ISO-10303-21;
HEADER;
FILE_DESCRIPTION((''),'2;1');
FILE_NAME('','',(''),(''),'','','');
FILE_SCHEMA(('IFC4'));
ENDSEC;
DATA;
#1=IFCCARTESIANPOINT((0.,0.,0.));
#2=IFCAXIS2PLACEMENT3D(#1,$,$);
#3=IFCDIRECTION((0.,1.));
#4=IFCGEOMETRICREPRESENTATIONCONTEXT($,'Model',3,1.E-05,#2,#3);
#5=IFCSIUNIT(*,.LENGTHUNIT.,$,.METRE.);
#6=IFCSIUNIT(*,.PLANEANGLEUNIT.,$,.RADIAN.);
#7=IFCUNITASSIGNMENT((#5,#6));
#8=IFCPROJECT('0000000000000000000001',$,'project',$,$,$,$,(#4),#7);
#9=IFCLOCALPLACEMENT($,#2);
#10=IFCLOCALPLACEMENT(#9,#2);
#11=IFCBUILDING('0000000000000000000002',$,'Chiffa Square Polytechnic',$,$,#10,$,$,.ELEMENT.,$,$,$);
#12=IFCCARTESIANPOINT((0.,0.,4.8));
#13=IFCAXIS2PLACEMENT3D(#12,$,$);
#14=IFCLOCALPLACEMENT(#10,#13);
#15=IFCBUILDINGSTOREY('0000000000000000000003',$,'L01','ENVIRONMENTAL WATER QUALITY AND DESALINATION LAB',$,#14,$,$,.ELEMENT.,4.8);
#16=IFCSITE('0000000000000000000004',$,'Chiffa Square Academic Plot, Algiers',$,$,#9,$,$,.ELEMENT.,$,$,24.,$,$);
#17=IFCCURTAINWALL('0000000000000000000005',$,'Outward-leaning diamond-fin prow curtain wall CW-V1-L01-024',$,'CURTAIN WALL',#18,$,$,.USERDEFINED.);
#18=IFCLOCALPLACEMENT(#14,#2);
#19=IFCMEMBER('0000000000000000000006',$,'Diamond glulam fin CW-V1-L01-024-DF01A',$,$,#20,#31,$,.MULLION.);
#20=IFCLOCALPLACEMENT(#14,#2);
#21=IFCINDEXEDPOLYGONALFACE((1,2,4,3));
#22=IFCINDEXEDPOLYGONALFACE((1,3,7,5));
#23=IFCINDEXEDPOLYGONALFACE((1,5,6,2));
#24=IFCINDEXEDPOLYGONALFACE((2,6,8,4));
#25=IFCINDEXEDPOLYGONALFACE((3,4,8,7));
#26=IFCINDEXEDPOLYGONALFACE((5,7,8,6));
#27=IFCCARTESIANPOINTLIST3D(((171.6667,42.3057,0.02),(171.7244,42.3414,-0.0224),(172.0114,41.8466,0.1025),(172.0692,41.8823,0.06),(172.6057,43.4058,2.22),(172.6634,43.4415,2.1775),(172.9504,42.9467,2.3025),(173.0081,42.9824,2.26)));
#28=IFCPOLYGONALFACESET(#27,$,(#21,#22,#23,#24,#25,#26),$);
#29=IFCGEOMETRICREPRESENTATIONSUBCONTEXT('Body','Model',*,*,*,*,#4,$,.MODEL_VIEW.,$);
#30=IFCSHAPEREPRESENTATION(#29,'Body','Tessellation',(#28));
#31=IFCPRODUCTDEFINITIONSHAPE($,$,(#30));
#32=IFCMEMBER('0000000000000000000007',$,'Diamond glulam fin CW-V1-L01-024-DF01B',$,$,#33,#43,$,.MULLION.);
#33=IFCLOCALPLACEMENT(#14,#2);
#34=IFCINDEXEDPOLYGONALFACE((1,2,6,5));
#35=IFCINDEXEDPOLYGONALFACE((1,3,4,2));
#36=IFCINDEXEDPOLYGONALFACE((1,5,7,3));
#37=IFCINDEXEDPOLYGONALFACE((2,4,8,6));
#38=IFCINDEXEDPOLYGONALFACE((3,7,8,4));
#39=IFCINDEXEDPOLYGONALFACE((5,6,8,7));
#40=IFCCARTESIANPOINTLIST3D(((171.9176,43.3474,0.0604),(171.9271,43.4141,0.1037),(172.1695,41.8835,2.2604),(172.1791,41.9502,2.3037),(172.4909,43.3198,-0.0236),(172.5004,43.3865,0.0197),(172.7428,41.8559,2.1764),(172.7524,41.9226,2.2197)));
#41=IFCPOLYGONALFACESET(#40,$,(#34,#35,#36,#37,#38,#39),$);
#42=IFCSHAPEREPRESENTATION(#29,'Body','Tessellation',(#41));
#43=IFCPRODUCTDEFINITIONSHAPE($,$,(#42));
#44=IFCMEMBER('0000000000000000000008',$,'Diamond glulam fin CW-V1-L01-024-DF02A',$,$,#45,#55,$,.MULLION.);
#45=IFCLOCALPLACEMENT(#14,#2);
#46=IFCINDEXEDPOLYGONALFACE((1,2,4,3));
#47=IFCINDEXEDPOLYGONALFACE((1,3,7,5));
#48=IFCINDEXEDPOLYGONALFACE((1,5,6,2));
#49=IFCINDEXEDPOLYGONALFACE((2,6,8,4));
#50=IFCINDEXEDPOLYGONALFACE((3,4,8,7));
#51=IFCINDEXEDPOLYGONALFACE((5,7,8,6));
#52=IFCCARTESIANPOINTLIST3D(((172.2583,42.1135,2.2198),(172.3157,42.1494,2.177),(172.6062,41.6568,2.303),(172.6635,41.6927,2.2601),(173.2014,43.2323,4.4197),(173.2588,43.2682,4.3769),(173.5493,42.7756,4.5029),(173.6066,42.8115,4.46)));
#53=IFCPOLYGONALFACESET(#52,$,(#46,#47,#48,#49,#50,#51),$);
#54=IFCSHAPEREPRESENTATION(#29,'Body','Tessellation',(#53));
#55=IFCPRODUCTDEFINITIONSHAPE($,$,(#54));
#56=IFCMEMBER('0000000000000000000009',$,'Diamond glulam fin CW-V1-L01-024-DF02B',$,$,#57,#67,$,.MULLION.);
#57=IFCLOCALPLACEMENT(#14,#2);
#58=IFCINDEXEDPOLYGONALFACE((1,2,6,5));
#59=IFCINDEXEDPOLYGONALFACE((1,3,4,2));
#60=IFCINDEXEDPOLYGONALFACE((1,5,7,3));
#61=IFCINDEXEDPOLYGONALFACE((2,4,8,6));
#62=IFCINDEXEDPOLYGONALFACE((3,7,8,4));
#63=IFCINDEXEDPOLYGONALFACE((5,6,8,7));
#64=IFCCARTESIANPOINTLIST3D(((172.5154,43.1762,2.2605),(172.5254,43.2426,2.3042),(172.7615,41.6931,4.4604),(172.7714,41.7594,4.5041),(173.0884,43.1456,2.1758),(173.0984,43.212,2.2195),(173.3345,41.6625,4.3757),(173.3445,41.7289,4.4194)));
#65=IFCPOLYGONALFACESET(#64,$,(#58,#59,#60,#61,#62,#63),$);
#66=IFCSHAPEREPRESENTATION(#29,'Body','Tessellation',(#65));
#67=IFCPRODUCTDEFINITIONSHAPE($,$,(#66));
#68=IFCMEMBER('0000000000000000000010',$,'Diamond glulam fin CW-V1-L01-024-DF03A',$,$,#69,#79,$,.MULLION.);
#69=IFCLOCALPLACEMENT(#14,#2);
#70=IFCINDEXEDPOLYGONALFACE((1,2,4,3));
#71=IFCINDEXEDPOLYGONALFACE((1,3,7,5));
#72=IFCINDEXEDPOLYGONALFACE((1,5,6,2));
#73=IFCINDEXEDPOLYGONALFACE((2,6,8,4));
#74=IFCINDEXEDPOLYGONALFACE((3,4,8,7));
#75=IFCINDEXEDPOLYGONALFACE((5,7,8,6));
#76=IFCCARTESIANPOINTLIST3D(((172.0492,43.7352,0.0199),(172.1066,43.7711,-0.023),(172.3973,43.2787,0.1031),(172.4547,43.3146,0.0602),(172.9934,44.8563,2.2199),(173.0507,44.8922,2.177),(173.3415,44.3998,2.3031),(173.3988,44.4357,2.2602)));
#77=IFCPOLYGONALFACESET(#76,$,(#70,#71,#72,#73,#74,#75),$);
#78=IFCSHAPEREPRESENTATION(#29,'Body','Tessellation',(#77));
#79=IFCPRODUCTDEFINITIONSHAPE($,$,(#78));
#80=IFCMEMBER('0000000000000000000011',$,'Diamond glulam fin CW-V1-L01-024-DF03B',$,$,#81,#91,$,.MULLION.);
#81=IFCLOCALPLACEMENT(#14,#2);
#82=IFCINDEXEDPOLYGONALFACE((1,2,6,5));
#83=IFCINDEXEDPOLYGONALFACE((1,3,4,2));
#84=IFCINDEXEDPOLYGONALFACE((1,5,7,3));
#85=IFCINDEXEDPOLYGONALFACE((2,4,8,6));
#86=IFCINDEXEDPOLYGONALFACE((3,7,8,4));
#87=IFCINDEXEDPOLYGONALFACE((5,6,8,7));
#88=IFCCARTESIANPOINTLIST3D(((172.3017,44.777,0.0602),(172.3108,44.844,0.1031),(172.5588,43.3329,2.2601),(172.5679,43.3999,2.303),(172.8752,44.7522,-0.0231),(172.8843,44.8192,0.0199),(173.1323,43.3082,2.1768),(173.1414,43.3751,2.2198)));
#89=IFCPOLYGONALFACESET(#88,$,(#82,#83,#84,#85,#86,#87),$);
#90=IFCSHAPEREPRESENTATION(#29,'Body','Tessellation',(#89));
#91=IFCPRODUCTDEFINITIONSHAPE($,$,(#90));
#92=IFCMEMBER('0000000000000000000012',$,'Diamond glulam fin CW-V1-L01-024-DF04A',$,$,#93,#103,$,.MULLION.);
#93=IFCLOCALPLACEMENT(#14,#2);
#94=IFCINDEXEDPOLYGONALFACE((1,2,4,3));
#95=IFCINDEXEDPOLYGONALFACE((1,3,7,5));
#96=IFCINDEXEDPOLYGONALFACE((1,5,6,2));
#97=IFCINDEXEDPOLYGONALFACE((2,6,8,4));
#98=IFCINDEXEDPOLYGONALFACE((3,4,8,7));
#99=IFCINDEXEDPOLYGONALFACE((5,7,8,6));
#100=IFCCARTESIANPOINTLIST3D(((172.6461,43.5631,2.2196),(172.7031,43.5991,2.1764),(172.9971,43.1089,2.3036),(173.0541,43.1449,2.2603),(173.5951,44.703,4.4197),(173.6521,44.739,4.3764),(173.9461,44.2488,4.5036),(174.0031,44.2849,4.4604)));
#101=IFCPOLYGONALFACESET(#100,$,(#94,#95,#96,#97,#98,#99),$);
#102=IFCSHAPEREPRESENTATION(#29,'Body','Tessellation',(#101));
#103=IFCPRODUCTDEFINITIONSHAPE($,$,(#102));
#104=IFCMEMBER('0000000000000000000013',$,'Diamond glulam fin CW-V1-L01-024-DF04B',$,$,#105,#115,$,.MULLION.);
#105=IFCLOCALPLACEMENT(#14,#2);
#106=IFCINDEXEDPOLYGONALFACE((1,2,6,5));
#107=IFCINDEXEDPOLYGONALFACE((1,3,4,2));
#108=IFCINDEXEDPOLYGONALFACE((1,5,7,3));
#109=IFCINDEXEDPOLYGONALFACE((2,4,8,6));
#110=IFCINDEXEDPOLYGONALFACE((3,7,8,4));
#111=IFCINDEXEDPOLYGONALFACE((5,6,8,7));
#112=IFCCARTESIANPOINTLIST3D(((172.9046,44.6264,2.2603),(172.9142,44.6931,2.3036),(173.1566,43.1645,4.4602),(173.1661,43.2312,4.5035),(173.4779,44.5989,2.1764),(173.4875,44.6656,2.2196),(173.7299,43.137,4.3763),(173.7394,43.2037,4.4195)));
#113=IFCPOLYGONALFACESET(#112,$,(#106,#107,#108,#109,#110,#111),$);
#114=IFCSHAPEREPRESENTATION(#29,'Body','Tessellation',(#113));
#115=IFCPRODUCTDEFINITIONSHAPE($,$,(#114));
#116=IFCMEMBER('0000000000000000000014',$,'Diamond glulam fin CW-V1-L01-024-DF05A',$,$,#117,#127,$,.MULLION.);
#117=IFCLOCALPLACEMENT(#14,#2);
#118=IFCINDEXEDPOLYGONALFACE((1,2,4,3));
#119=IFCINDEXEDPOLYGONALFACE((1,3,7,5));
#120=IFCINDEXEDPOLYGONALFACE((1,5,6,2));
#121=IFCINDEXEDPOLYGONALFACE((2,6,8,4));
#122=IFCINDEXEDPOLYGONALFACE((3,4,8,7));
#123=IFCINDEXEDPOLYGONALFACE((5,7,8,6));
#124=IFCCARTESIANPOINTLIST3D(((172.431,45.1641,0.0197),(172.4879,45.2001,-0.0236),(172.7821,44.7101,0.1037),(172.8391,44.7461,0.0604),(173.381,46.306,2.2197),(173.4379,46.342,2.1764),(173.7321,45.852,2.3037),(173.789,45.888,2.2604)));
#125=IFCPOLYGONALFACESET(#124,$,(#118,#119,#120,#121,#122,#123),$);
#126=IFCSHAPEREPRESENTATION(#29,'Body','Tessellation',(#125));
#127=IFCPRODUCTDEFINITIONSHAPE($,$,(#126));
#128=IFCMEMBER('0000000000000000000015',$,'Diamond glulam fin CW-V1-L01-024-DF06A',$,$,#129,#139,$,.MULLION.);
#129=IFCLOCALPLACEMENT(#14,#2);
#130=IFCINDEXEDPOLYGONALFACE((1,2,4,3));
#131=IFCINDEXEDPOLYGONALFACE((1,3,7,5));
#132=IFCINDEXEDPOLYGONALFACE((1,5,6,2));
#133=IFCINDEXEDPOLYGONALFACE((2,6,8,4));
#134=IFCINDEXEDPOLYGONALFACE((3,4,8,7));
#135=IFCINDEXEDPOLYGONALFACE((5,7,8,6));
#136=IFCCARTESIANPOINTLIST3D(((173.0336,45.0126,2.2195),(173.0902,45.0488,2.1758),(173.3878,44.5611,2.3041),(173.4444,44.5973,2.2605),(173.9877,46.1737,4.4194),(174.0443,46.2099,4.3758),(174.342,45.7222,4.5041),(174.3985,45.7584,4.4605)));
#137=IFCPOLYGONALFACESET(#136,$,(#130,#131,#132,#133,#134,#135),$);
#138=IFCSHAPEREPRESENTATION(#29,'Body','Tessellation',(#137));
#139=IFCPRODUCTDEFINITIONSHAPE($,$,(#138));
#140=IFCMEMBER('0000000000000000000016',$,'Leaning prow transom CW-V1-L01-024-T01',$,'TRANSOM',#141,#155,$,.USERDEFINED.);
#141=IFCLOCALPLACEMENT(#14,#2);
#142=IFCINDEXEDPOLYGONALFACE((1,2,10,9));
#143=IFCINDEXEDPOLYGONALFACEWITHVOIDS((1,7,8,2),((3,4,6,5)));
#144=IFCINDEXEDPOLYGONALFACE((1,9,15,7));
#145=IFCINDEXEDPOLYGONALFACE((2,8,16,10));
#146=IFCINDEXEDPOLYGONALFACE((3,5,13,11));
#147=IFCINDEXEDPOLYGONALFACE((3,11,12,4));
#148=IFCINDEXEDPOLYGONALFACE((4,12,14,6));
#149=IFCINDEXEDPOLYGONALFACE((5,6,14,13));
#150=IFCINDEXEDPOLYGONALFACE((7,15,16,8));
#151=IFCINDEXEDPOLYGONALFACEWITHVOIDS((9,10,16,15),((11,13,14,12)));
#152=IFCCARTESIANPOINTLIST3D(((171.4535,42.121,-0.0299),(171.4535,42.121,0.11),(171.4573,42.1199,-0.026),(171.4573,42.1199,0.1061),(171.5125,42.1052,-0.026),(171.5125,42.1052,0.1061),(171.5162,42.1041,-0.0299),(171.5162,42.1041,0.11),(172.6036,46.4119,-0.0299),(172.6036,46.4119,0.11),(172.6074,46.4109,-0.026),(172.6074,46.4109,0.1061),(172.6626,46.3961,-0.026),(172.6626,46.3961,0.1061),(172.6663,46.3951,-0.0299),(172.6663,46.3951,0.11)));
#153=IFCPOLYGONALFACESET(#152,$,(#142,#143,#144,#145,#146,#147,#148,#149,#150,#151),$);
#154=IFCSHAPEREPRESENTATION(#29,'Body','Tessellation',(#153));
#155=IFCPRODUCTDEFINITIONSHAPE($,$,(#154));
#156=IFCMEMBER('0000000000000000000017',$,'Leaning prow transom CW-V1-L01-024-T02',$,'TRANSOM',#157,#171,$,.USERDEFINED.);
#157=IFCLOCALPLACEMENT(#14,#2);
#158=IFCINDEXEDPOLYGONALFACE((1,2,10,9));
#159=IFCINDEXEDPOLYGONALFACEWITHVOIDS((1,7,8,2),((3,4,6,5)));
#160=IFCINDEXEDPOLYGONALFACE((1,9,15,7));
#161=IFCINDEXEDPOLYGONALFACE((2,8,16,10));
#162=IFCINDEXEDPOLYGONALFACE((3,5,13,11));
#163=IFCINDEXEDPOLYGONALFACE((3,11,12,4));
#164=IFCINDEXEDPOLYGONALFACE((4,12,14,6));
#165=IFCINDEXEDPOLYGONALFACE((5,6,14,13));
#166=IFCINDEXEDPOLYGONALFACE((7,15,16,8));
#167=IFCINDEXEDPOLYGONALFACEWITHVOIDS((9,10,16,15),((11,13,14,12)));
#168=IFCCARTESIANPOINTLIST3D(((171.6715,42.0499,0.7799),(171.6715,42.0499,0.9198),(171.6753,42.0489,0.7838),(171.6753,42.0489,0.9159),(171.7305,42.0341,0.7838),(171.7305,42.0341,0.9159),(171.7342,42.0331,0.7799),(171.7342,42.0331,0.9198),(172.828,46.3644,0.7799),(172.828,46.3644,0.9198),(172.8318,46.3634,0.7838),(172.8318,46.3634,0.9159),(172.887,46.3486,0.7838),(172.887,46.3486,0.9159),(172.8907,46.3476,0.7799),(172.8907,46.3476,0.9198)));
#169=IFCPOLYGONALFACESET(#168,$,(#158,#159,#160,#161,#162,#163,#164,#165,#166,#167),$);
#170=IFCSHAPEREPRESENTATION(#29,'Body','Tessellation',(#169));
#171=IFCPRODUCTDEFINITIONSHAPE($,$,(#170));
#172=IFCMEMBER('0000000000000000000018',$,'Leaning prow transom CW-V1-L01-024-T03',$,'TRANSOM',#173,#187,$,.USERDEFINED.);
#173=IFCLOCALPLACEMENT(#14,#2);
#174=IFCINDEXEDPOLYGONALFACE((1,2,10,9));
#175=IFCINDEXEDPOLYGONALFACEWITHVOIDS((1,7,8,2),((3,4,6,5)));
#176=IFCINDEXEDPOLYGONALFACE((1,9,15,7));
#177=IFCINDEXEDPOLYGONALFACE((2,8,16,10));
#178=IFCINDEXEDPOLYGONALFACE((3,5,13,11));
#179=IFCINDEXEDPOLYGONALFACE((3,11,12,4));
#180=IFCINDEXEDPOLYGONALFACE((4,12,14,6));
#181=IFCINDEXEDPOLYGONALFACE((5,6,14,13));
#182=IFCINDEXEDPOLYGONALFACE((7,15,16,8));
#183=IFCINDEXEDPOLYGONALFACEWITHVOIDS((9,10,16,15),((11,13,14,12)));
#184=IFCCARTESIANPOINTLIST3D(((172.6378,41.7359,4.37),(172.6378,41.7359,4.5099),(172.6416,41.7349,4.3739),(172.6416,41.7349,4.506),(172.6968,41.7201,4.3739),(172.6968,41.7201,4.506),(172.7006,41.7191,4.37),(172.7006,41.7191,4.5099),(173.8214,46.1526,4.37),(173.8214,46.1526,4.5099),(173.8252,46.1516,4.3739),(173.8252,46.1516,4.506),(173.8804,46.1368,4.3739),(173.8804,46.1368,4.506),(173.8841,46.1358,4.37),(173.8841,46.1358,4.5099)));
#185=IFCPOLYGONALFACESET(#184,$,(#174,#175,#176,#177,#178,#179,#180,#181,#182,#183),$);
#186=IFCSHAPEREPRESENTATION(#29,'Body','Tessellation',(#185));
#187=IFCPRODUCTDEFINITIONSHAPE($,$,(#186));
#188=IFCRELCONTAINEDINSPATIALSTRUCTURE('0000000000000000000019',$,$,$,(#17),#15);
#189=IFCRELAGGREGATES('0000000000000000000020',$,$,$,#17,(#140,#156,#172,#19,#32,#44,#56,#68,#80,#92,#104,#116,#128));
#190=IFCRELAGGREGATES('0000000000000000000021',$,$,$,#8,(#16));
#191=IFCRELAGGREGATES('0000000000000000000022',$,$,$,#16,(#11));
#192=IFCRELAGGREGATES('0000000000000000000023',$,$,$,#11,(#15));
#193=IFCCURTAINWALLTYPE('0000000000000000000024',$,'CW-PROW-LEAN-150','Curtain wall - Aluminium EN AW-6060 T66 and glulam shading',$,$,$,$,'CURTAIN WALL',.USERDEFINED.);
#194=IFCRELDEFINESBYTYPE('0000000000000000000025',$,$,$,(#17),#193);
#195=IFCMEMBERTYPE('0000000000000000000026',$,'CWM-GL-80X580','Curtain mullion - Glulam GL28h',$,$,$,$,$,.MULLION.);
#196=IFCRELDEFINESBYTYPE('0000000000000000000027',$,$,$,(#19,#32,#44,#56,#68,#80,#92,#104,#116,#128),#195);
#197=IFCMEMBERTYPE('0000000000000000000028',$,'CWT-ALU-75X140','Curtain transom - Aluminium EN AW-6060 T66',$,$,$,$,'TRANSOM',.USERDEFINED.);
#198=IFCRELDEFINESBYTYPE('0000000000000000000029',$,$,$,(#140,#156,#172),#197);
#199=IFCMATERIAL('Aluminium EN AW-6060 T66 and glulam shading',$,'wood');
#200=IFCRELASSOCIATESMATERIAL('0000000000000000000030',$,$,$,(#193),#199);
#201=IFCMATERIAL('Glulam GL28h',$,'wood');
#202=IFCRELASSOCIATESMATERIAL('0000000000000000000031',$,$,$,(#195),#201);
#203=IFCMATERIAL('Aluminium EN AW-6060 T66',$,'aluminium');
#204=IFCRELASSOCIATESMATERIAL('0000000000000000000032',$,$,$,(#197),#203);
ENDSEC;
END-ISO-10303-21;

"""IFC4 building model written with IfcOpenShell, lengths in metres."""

from ifc_helpers import new_model, si_unit, direction, frame, origin, origin_2d, place, context, subcontext, project, spatial, rectangle, hollow_rectangle, extrude, material, material_profile, profile_set, type_object, element, aggregate, save


model = new_model("IFC4")

# Units and contexts
model_context = context("Model", 3, precision=1e-05, world=origin(), true_north=direction((0.0, 1.0)))
body_context = subcontext(model_context, "Body", "Model", "MODEL_VIEW")
ifc_project = project(units=[si_unit("LENGTHUNIT", "METRE"), si_unit("PLANEANGLEUNIT", "RADIAN")], contexts=[model_context])

# Site, building, storey
site_placement = place(None, origin())
site = spatial("IfcSite", under=ifc_project, at=site_placement, Name="Chiffa Square Academic Plot, Algiers", CompositionType="ELEMENT", RefElevation=24.0)
building_placement = place(site_placement, origin())
building = spatial("IfcBuilding", under=site, at=building_placement, Name="Chiffa Square Polytechnic", CompositionType="ELEMENT")
storey_placement = place(building_placement, frame((0.0, 0.0, 4.8)))
storey = spatial("IfcBuildingStorey", under=building, at=storey_placement, Name="L01", Description="ENVIRONMENTAL WATER QUALITY AND DESALINATION LAB", CompositionType="ELEMENT", Elevation=4.8)

# Shared definitions
ifc_material_1 = material(Name="Aluminium EN AW-6060 T66 and glulam shading", Category="wood")
ifc_material_2 = material(Name="Aluminium EN AW-6060 T66", Category="aluminium")

# Curtain wall, members
curtain_wall_type_1 = type_object("IfcCurtainWallType", Name="CW-PROW-LEAN-150", Description="Curtain wall - Aluminium EN AW-6060 T66 and glulam shading", ElementType="CURTAIN WALL", PredefinedType="USERDEFINED", material=ifc_material_1)
curtain_wall_1_placement = place(storey_placement, origin())
curtain_wall_1 = element("IfcCurtainWall", 1, at=curtain_wall_1_placement, inside=storey, type_object=curtain_wall_type_1, Name="Outward-leaning diamond-fin prow curtain wall CW-V1-L01-024", ObjectType="CURTAIN WALL", PredefinedType="USERDEFINED")
ifc_material_3 = material(Name="Glulam GL28h", Category="wood")
ifc_material_profile_1 = material_profile(ifc_material_3, rectangle(XDim=0.0801, YDim=0.5801, at=origin_2d()), Name="GL28h 80x580")
ifc_profile_set_1 = profile_set([ifc_material_profile_1], Name="Glulam GL28h")
member_type_1 = type_object("IfcMemberType", Name="CWM-GL-80X580", Description="Curtain mullion - Glulam GL28h", PredefinedType="MULLION", material=ifc_profile_set_1)
member_1_placement = place(storey_placement, frame((171.8679, 42.094, 0.04), z_axis=(0.356641, 0.417843, 0.835593), x_axis=(-0.720848, -0.44588, 0.530631)))
member_1 = element("IfcMember", 2, at=member_1_placement, type_object=member_type_1, Name="Diamond glulam fin CW-V1-L01-024-DF01A", PredefinedType="MULLION", context=body_context, shape_type="SweptSolid", body=[
    extrude(rectangle(XDim=0.0801, YDim=0.5801, at=origin_2d()), origin(), (0.0, 0.0, 1.0), 2.6328),
])
member_2_placement = place(storey_placement, frame((172.209, 43.3669, 0.04), z_axis=(0.094917, -0.551474, 0.828775), x_axis=(0.119281, 0.832836, 0.540515)))
member_2 = element("IfcMember", 3, at=member_2_placement, type_object=member_type_1, Name="Diamond glulam fin CW-V1-L01-024-DF01B", PredefinedType="MULLION", context=body_context, shape_type="SweptSolid", body=[
    extrude(rectangle(XDim=0.0801, YDim=0.5801, at=origin_2d()), origin(), (0.0, 0.0, 1.0), 2.6545),
])
member_3_placement = place(storey_placement, frame((172.4609, 41.9031, 2.24), z_axis=(0.356944, 0.423473, 0.832623), x_axis=(-0.716229, -0.448135, 0.534968)))
member_3 = element("IfcMember", 4, at=member_3_placement, type_object=member_type_1, Name="Diamond glulam fin CW-V1-L01-024-DF02A", PredefinedType="MULLION", context=body_context, shape_type="SweptSolid", body=[
    extrude(rectangle(XDim=0.0801, YDim=0.5801, at=origin_2d()), origin(), (0.0, 0.0, 1.0), 2.6421),
])
member_4_placement = place(storey_placement, frame((172.8069, 43.1941, 2.24), z_axis=(0.092357, -0.556614, 0.825621), x_axis=(0.124789, 0.829098, 0.544999)))
member_4 = element("IfcMember", 5, at=member_4_placement, type_object=member_type_1, Name="Diamond glulam fin CW-V1-L01-024-DF02B", PredefinedType="MULLION", context=body_context, shape_type="SweptSolid", body=[
    extrude(rectangle(XDim=0.0801, YDim=0.5801, at=origin_2d()), origin(), (0.0, 0.0, 1.0), 2.6646),
])
member_5_placement = place(storey_placement, frame((172.252, 43.5249, 0.04), z_axis=(0.357141, 0.424099, 0.83222), x_axis=(-0.715774, -0.448164, 0.535553)))
member_5 = element("IfcMember", 6, at=member_5_placement, type_object=member_type_1, Name="Diamond glulam fin CW-V1-L01-024-DF03A", PredefinedType="MULLION", context=body_context, shape_type="SweptSolid", body=[
    extrude(rectangle(XDim=0.0801, YDim=0.5801, at=origin_2d()), origin(), (0.0, 0.0, 1.0), 2.6436),
])
member_6_placement = place(storey_placement, frame((172.593, 44.7981, 0.04), z_axis=(0.097228, -0.546156, 0.832022), x_axis=(0.113956, 0.836594, 0.53584)))
member_6 = element("IfcMember", 7, at=member_6_placement, type_object=member_type_1, Name="Diamond glulam fin CW-V1-L01-024-DF03B", PredefinedType="MULLION", context=body_context, shape_type="SweptSolid", body=[
    extrude(rectangle(XDim=0.0801, YDim=0.5801, at=origin_2d()), origin(), (0.0, 0.0, 1.0), 2.644),
])
member_7_placement = place(storey_placement, frame((172.8501, 43.354, 2.24), z_axis=(0.357666, 0.429623, 0.829156), x_axis=(-0.711338, -0.449924, 0.539969)))
member_7 = element("IfcMember", 8, at=member_7_placement, type_object=member_type_1, Name="Diamond glulam fin CW-V1-L01-024-DF04A", PredefinedType="MULLION", context=body_context, shape_type="SweptSolid", body=[
    extrude(rectangle(XDim=0.0801, YDim=0.5801, at=origin_2d()), origin(), (0.0, 0.0, 1.0), 2.6533),
])
member_8_placement = place(storey_placement, frame((173.196, 44.646, 2.24), z_axis=(0.094955, -0.550962, 0.829111), x_axis=(0.11904, 0.833182, 0.540034)))
member_8 = element("IfcMember", 9, at=member_8_placement, type_object=member_type_1, Name="Diamond glulam fin CW-V1-L01-024-DF04B", PredefinedType="MULLION", context=body_context, shape_type="SweptSolid", body=[
    extrude(rectangle(XDim=0.0801, YDim=0.5801, at=origin_2d()), origin(), (0.0, 0.0, 1.0), 2.6533),
])
member_9_placement = place(storey_placement, frame((172.635, 44.9551, 0.04), z_axis=(0.357874, 0.430166, 0.828784), x_axis=(-0.710957, -0.449887, 0.540501)))
member_9 = element("IfcMember", 10, at=member_9_placement, type_object=member_type_1, Name="Diamond glulam fin CW-V1-L01-024-DF05A", PredefinedType="MULLION", context=body_context, shape_type="SweptSolid", body=[
    extrude(rectangle(XDim=0.0801, YDim=0.5801, at=origin_2d()), origin(), (0.0, 0.0, 1.0), 2.6545),
])
member_10_placement = place(storey_placement, frame((173.239, 44.8049, 2.24), z_axis=(0.35811, 0.435817, 0.825724), x_axis=(-0.70633, -0.451921, 0.544853)))
member_10 = element("IfcMember", 11, at=member_10_placement, type_object=member_type_1, Name="Diamond glulam fin CW-V1-L01-024-DF06A", PredefinedType="MULLION", context=body_context, shape_type="SweptSolid", body=[
    extrude(rectangle(XDim=0.0801, YDim=0.5801, at=origin_2d()), origin(), (0.0, 0.0, 1.0), 2.6643),
])
ifc_material_profile_2 = material_profile(ifc_material_2, hollow_rectangle(XDim=0.0649, YDim=0.1399, WallThickness=0.0039, at=origin_2d()), Name="ALU 65x140x4")
ifc_profile_set_2 = profile_set([ifc_material_profile_2], Name="Aluminium EN AW-6060 T66")
member_type_2 = type_object("IfcMemberType", Name="CWT-ALU-75X140", Description="Curtain transom - Aluminium EN AW-6060 T66", ElementType="TRANSOM", PredefinedType="USERDEFINED", material=ifc_profile_set_2)
member_11_placement = place(storey_placement, frame((171.4849, 42.1125, 0.04), z_axis=(0.258897, 0.965905, 0.0), x_axis=(-0.965905, 0.258897, 0.0)))
member_11 = element("IfcMember", 12, at=member_11_placement, type_object=member_type_2, Name="Leaning prow transom CW-V1-L01-024-T01", ObjectType="TRANSOM", PredefinedType="USERDEFINED", context=body_context, shape_type="SweptSolid", body=[
    extrude(hollow_rectangle(XDim=0.0649, YDim=0.1399, WallThickness=0.0039, at=origin_2d()), origin(), (0.0, 0.0, 1.0), 4.4424),
])
member_12_placement = place(storey_placement, frame((171.7029, 42.0415, 0.8499), z_axis=(0.258911, 0.965901, 0.0), x_axis=(-0.965901, 0.258911, 0.0)))
member_12 = element("IfcMember", 13, at=member_12_placement, type_object=member_type_2, Name="Leaning prow transom CW-V1-L01-024-T02", ObjectType="TRANSOM", PredefinedType="USERDEFINED", context=body_context, shape_type="SweptSolid", body=[
    extrude(hollow_rectangle(XDim=0.0649, YDim=0.1399, WallThickness=0.0039, at=origin_2d()), origin(), (0.0, 0.0, 1.0), 4.4668),
])
member_13_placement = place(storey_placement, frame((172.6692, 41.7275, 4.4399), z_axis=(0.258846, 0.965919, 0.0), x_axis=(-0.965919, 0.258846, 0.0)))
member_13 = element("IfcMember", 14, at=member_13_placement, type_object=member_type_2, Name="Leaning prow transom CW-V1-L01-024-T03", ObjectType="TRANSOM", PredefinedType="USERDEFINED", context=body_context, shape_type="SweptSolid", body=[
    extrude(hollow_rectangle(XDim=0.0649, YDim=0.1399, WallThickness=0.0039, at=origin_2d()), origin(), (0.0, 0.0, 1.0), 4.5725),
])
aggregate(curtain_wall_1, [member_11, member_12, member_13, member_1, member_2, member_3, member_4, member_5, member_6, member_7, member_8, member_9, member_10])

save(model, "model.ifc")
